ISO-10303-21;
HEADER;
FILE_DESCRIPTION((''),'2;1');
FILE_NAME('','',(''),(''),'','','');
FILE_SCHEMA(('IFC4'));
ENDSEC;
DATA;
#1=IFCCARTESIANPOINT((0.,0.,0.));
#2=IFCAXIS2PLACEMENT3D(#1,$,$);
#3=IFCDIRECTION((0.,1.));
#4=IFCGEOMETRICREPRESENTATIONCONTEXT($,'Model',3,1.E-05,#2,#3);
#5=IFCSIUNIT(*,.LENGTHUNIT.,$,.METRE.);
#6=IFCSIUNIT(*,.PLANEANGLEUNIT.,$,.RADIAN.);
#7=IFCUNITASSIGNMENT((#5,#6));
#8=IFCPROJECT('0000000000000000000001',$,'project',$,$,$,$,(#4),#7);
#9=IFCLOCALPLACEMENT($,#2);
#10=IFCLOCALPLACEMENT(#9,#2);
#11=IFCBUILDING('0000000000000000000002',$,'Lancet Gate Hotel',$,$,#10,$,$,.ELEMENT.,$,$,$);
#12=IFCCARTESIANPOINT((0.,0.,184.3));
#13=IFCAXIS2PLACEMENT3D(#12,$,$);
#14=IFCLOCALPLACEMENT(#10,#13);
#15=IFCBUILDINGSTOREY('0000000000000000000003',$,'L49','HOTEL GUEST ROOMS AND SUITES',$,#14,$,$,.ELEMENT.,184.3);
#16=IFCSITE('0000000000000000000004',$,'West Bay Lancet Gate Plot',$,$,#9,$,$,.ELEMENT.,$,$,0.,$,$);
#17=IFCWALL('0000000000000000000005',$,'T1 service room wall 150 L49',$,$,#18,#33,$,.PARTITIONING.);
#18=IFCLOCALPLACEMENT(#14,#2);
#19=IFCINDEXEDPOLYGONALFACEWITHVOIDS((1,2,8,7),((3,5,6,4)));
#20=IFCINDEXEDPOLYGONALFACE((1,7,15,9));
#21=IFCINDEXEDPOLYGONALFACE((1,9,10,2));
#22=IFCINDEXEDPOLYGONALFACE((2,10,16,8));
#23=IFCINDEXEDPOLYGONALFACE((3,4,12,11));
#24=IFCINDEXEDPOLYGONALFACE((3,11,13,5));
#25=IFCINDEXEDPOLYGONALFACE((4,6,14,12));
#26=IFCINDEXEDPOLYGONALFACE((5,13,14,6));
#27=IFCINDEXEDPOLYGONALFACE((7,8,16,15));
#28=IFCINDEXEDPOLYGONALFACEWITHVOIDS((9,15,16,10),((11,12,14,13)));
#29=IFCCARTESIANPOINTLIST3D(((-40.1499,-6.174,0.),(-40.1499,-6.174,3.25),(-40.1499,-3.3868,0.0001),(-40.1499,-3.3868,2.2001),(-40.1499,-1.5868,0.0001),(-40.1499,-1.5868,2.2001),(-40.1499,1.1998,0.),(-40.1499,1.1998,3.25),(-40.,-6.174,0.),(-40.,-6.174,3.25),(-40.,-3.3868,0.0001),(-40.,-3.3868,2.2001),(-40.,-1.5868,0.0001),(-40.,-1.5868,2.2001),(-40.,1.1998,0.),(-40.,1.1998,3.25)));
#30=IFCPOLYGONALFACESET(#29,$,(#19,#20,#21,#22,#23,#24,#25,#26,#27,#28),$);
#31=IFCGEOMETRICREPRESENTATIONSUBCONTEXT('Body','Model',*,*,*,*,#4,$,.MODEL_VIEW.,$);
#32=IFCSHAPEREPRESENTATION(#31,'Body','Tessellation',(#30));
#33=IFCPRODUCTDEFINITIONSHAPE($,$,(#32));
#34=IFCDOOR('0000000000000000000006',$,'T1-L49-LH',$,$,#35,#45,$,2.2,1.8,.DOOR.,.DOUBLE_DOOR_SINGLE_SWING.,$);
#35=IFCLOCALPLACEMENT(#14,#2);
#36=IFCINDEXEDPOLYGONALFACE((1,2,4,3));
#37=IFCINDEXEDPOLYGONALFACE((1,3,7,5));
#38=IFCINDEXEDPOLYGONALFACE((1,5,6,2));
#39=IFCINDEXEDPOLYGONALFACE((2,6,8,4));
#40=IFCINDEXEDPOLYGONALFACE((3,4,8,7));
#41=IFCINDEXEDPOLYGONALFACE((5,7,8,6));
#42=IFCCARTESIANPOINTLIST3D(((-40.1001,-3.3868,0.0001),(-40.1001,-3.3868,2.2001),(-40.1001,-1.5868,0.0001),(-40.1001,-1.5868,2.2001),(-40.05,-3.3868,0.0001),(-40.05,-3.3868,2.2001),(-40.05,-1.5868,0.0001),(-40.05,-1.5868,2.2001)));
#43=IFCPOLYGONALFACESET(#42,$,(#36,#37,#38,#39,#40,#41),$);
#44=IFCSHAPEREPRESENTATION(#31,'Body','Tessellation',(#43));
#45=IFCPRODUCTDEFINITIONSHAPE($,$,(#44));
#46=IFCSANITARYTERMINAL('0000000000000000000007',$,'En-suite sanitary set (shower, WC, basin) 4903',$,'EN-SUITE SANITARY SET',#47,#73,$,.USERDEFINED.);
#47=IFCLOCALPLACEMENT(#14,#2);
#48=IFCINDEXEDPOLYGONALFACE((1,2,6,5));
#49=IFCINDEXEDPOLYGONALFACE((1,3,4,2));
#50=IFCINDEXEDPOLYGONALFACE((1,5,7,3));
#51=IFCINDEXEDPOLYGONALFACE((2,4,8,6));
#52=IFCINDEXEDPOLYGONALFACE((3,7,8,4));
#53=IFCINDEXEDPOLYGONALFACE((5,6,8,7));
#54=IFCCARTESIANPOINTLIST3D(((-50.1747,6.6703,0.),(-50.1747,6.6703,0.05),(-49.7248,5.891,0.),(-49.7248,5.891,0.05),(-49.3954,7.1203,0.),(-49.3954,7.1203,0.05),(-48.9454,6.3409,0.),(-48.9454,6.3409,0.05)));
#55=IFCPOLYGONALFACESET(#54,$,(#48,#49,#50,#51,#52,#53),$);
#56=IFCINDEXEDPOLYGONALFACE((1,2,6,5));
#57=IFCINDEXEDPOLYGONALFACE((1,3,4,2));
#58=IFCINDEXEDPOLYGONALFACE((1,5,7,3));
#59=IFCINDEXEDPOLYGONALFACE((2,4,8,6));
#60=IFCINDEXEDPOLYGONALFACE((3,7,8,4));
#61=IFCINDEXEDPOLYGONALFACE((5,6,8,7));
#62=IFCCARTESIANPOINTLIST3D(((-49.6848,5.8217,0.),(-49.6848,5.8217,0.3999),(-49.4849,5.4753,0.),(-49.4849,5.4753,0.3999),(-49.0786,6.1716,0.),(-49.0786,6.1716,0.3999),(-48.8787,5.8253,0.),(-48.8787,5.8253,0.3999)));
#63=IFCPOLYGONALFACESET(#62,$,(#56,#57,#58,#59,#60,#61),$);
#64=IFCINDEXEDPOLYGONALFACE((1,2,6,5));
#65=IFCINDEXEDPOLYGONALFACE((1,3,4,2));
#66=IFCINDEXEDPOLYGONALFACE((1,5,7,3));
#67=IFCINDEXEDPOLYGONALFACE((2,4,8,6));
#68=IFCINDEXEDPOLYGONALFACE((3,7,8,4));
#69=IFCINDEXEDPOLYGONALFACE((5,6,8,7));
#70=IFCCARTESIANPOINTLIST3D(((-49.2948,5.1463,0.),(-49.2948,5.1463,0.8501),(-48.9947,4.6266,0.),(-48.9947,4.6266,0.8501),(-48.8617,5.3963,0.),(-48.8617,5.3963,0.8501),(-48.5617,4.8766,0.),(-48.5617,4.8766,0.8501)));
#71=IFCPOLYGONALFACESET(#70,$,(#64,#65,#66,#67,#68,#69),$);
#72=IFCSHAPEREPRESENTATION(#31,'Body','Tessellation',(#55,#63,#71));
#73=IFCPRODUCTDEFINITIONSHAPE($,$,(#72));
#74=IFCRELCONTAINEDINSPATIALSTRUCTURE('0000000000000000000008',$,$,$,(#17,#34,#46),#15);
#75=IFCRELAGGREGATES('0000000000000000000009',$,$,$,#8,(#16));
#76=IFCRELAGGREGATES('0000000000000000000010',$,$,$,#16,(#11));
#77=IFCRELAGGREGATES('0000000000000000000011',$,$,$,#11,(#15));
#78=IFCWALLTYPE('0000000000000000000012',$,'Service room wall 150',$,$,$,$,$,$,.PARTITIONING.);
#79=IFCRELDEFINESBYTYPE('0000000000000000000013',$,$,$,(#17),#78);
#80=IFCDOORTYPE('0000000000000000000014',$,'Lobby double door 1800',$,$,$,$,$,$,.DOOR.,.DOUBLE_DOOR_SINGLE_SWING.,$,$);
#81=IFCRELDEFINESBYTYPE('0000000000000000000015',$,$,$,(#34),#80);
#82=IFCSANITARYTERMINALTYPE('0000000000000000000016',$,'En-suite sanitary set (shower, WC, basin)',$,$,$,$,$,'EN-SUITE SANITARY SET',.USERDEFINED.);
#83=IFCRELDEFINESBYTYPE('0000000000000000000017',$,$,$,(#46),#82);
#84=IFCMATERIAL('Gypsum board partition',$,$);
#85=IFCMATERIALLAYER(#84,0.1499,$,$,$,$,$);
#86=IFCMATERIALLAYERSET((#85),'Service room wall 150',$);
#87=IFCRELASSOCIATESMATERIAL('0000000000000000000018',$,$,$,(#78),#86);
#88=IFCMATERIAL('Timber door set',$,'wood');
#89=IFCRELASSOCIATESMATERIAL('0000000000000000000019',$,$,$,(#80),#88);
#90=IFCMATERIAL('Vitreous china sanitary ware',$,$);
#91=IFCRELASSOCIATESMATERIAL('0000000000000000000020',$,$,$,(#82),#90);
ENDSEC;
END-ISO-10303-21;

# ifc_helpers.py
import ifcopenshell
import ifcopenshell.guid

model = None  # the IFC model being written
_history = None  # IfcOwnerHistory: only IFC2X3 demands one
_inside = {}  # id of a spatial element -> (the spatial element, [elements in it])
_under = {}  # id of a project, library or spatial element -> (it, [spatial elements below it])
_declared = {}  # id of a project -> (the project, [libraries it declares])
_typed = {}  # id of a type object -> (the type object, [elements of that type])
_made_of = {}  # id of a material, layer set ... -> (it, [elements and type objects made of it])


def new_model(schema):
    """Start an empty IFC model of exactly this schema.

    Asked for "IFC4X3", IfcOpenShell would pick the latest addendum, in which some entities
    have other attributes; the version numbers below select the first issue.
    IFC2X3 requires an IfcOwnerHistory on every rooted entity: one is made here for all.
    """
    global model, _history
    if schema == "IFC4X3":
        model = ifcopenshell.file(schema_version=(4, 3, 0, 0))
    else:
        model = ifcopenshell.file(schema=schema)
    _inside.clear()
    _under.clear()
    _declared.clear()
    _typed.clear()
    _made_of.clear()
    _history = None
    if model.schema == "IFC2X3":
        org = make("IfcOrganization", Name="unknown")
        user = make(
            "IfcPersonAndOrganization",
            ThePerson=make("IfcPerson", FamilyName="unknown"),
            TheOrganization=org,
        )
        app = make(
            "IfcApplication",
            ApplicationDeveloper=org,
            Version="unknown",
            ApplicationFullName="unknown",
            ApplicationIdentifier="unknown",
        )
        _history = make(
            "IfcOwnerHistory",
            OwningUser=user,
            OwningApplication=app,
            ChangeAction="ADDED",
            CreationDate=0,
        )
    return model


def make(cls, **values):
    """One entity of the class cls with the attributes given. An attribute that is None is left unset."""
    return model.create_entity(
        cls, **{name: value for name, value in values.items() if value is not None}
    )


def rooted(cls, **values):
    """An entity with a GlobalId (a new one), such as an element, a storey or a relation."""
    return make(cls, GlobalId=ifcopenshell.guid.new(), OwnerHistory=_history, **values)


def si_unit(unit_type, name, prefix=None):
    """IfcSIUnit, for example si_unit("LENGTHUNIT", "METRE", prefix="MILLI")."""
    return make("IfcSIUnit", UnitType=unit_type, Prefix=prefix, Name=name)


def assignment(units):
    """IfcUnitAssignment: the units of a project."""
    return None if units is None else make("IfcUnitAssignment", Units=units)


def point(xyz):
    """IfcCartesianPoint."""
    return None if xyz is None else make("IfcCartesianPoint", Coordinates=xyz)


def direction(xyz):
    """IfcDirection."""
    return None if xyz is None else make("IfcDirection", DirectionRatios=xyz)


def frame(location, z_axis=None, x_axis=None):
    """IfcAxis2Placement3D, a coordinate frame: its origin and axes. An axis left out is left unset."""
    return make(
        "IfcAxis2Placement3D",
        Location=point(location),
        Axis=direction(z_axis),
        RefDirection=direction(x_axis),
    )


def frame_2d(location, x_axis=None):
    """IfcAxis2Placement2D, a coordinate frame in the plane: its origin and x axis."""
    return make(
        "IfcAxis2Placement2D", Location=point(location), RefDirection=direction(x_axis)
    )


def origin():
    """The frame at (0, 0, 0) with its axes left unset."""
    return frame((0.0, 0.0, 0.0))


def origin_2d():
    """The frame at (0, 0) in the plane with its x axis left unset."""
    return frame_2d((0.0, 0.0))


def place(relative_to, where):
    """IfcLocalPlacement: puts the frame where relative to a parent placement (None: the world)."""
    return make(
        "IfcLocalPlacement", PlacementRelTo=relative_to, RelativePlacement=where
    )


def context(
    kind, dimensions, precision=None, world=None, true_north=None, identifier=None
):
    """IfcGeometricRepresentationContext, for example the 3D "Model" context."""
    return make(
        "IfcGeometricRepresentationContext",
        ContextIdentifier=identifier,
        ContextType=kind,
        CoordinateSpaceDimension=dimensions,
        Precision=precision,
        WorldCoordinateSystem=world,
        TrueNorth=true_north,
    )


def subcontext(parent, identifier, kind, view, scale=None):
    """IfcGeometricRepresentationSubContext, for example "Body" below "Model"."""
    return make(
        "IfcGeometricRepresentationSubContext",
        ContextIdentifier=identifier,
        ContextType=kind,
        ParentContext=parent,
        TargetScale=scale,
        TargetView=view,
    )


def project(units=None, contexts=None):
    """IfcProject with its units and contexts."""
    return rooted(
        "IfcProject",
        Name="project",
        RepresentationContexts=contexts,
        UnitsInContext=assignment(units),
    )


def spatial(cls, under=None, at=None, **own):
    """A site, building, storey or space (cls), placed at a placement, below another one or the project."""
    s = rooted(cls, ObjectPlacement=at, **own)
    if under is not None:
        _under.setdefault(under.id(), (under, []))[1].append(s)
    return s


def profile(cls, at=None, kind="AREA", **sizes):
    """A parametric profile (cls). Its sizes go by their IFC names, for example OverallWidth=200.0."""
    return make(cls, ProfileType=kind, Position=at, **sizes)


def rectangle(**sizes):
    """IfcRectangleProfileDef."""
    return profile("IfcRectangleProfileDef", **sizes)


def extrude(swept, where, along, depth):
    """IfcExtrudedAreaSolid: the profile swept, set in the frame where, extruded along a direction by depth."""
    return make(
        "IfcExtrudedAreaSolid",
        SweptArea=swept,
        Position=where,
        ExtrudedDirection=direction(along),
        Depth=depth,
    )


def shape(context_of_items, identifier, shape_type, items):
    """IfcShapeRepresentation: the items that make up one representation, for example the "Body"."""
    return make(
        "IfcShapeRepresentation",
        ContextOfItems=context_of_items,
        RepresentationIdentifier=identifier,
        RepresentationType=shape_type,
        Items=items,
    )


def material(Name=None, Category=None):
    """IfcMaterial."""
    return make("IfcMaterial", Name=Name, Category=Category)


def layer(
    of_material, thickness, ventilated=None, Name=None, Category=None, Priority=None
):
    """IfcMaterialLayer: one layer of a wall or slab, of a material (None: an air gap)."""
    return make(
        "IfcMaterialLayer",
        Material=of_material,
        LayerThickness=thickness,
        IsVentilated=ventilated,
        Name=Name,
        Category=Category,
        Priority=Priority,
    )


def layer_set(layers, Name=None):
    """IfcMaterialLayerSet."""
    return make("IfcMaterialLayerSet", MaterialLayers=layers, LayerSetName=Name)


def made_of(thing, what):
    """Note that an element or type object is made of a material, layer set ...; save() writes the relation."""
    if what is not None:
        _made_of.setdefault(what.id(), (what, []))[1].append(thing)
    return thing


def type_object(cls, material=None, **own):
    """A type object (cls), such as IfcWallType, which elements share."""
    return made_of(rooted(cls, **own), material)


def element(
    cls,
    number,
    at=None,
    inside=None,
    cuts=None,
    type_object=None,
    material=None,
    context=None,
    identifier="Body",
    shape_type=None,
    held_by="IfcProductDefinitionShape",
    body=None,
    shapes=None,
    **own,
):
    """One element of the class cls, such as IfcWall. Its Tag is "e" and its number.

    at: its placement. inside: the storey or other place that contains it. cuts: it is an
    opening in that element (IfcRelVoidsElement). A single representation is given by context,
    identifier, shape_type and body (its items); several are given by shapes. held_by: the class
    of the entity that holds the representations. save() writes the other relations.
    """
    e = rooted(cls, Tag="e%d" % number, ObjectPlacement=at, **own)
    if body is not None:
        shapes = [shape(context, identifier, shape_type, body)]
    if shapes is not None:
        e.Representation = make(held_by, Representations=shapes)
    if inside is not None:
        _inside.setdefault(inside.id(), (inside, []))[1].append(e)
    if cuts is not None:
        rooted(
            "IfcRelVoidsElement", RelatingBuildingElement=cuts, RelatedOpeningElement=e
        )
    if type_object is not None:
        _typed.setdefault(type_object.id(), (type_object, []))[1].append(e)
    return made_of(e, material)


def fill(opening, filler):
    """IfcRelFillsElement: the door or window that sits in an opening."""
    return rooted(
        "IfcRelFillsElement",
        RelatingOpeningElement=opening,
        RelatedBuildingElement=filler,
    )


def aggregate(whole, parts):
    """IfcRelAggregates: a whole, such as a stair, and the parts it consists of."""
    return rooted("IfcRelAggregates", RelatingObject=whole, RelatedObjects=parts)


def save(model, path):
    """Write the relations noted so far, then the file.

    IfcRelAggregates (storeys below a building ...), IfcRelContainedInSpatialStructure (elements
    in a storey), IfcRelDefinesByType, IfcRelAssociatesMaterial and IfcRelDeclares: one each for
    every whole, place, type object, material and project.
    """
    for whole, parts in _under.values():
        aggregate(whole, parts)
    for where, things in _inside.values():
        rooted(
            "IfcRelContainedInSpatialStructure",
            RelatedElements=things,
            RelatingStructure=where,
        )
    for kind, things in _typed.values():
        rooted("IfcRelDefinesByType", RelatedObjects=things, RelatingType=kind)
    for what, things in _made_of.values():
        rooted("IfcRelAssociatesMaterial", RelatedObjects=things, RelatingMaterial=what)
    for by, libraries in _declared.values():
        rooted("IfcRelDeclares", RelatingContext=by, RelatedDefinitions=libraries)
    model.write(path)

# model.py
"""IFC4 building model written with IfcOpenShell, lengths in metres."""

from ifc_helpers import new_model, si_unit, direction, frame, frame_2d, origin, origin_2d, place, context, subcontext, project, spatial, rectangle, extrude, material, layer, layer_set, type_object, element, fill, save


model = new_model("IFC4")

# Units and contexts
model_context = context("Model", 3, precision=1e-05, world=origin(), true_north=direction((0.0, 1.0)))
body_context = subcontext(model_context, "Body", "Model", "MODEL_VIEW")
ifc_project = project(units=[si_unit("LENGTHUNIT", "METRE"), si_unit("PLANEANGLEUNIT", "RADIAN")], contexts=[model_context])

# Site, building, storey
site_placement = place(None, origin())
site = spatial("IfcSite", under=ifc_project, at=site_placement, Name="West Bay Lancet Gate Plot", CompositionType="ELEMENT", RefElevation=0.0)
building_placement = place(site_placement, origin())
building = spatial("IfcBuilding", under=site, at=building_placement, Name="Lancet Gate Hotel", CompositionType="ELEMENT")
storey_placement = place(building_placement, frame((0.0, 0.0, 184.3)))
storey = spatial("IfcBuildingStorey", under=building, at=storey_placement, Name="L49", Description="HOTEL GUEST ROOMS AND SUITES", CompositionType="ELEMENT", Elevation=184.3)

# Wall, opening, door
ifc_material_1 = material(Name="Gypsum board partition")
ifc_layer_1 = layer(ifc_material_1, 0.1499)
ifc_layer_set_1 = layer_set([ifc_layer_1], Name="Service room wall 150")
wall_type_1 = type_object("IfcWallType", Name="Service room wall 150", PredefinedType="PARTITIONING", material=ifc_layer_set_1)
wall_1_placement = place(storey_placement, frame((-40.075, 1.2, 0.0), z_axis=(0.0, 0.0, 1.0), x_axis=(0.0, -1.0, 0.0)))
wall_1 = element("IfcWall", 1, at=wall_1_placement, inside=storey, type_object=wall_type_1, Name="T1 service room wall 150 L49", PredefinedType="PARTITIONING", context=body_context, shape_type="SweptSolid", body=[
    extrude(rectangle(XDim=7.3738, YDim=0.1499, at=frame_2d((3.687, 0.0))), origin(), (0.0, 0.0, 1.0), 3.25),
])
opening_1_placement = place(wall_1_placement, frame((2.7869, 0.0, 0.0)))
opening_1 = element("IfcOpeningElement", 2, at=opening_1_placement, cuts=wall_1, PredefinedType="OPENING", context=body_context, shape_type="SweptSolid", body=[
    extrude(rectangle(XDim=1.8, YDim=2.2, at=frame_2d((0.8999, 1.1001))), frame((0.0, 0.085, 0.0), z_axis=(0.0, -1.0, 0.0), x_axis=(1.0, 0.0, 0.0)), (0.0, 0.0, 1.0), 0.1699),
])
ifc_material_2 = material(Name="Timber door set", Category="wood")
door_type_1 = type_object("IfcDoorType", Name="Lobby double door 1800", OperationType="DOUBLE_DOOR_SINGLE_SWING", PredefinedType="DOOR", material=ifc_material_2)
door_1_placement = place(opening_1_placement, origin())
door_1 = element("IfcDoor", 3, at=door_1_placement, inside=storey, type_object=door_type_1, Name="T1-L49-LH", OperationType="DOUBLE_DOOR_SINGLE_SWING", OverallHeight=2.2, OverallWidth=1.8, PredefinedType="DOOR", context=body_context, shape_type="SweptSolid", body=[
    extrude(rectangle(XDim=1.8, YDim=2.2, at=frame_2d((0.8999, 1.1001))), frame((0.0, 0.0249, 0.0), z_axis=(0.0, -1.0, 0.0), x_axis=(1.0, 0.0, 0.0)), (0.0, 0.0, 1.0), 0.05),
])
fill(opening_1, door_1)

# Sanitary terminal
ifc_material_3 = material(Name="Vitreous china sanitary ware")
sanitary_terminal_type = type_object("IfcSanitaryTerminalType", Name="En-suite sanitary set (shower, WC, basin)", ElementType="EN-SUITE SANITARY SET", PredefinedType="USERDEFINED", material=ifc_material_3)
sanitary_terminal_placement = place(storey_placement, frame((-49.5601, 6.5056, 0.0), z_axis=(0.0, 0.0, 1.0), x_axis=(1.0, 0.0, 0.0)))
element("IfcSanitaryTerminal", 4, at=sanitary_terminal_placement, inside=storey, type_object=sanitary_terminal_type, Name="En-suite sanitary set (shower, WC, basin) 4903", ObjectType="EN-SUITE SANITARY SET", PredefinedType="USERDEFINED", context=body_context, shape_type="SweptSolid", body=[
    extrude(rectangle(XDim=0.8999, YDim=0.8999, at=origin_2d()), frame((0.0, 0.0, 0.0), z_axis=(0.0, 0.0, 1.0), x_axis=(-0.5, 0.866025, 0.0)), (0.0, 0.0, 1.0), 0.05),
    extrude(rectangle(XDim=0.3999, YDim=0.7, at=origin_2d()), frame((0.2783, -0.6821, 0.0), z_axis=(0.0, 0.0, 1.0), x_axis=(-0.5, 0.866025, 0.0)), (0.0, 0.0, 1.0), 0.3999),
    extrude(rectangle(XDim=0.6001, YDim=0.5, at=origin_2d()), frame((0.6318, -1.4941, 0.0), z_axis=(0.0, 0.0, 1.0), x_axis=(-0.5, 0.866025, 0.0)), (0.0, 0.0, 1.0), 0.8501),
])

save(model, "model.ifc")
